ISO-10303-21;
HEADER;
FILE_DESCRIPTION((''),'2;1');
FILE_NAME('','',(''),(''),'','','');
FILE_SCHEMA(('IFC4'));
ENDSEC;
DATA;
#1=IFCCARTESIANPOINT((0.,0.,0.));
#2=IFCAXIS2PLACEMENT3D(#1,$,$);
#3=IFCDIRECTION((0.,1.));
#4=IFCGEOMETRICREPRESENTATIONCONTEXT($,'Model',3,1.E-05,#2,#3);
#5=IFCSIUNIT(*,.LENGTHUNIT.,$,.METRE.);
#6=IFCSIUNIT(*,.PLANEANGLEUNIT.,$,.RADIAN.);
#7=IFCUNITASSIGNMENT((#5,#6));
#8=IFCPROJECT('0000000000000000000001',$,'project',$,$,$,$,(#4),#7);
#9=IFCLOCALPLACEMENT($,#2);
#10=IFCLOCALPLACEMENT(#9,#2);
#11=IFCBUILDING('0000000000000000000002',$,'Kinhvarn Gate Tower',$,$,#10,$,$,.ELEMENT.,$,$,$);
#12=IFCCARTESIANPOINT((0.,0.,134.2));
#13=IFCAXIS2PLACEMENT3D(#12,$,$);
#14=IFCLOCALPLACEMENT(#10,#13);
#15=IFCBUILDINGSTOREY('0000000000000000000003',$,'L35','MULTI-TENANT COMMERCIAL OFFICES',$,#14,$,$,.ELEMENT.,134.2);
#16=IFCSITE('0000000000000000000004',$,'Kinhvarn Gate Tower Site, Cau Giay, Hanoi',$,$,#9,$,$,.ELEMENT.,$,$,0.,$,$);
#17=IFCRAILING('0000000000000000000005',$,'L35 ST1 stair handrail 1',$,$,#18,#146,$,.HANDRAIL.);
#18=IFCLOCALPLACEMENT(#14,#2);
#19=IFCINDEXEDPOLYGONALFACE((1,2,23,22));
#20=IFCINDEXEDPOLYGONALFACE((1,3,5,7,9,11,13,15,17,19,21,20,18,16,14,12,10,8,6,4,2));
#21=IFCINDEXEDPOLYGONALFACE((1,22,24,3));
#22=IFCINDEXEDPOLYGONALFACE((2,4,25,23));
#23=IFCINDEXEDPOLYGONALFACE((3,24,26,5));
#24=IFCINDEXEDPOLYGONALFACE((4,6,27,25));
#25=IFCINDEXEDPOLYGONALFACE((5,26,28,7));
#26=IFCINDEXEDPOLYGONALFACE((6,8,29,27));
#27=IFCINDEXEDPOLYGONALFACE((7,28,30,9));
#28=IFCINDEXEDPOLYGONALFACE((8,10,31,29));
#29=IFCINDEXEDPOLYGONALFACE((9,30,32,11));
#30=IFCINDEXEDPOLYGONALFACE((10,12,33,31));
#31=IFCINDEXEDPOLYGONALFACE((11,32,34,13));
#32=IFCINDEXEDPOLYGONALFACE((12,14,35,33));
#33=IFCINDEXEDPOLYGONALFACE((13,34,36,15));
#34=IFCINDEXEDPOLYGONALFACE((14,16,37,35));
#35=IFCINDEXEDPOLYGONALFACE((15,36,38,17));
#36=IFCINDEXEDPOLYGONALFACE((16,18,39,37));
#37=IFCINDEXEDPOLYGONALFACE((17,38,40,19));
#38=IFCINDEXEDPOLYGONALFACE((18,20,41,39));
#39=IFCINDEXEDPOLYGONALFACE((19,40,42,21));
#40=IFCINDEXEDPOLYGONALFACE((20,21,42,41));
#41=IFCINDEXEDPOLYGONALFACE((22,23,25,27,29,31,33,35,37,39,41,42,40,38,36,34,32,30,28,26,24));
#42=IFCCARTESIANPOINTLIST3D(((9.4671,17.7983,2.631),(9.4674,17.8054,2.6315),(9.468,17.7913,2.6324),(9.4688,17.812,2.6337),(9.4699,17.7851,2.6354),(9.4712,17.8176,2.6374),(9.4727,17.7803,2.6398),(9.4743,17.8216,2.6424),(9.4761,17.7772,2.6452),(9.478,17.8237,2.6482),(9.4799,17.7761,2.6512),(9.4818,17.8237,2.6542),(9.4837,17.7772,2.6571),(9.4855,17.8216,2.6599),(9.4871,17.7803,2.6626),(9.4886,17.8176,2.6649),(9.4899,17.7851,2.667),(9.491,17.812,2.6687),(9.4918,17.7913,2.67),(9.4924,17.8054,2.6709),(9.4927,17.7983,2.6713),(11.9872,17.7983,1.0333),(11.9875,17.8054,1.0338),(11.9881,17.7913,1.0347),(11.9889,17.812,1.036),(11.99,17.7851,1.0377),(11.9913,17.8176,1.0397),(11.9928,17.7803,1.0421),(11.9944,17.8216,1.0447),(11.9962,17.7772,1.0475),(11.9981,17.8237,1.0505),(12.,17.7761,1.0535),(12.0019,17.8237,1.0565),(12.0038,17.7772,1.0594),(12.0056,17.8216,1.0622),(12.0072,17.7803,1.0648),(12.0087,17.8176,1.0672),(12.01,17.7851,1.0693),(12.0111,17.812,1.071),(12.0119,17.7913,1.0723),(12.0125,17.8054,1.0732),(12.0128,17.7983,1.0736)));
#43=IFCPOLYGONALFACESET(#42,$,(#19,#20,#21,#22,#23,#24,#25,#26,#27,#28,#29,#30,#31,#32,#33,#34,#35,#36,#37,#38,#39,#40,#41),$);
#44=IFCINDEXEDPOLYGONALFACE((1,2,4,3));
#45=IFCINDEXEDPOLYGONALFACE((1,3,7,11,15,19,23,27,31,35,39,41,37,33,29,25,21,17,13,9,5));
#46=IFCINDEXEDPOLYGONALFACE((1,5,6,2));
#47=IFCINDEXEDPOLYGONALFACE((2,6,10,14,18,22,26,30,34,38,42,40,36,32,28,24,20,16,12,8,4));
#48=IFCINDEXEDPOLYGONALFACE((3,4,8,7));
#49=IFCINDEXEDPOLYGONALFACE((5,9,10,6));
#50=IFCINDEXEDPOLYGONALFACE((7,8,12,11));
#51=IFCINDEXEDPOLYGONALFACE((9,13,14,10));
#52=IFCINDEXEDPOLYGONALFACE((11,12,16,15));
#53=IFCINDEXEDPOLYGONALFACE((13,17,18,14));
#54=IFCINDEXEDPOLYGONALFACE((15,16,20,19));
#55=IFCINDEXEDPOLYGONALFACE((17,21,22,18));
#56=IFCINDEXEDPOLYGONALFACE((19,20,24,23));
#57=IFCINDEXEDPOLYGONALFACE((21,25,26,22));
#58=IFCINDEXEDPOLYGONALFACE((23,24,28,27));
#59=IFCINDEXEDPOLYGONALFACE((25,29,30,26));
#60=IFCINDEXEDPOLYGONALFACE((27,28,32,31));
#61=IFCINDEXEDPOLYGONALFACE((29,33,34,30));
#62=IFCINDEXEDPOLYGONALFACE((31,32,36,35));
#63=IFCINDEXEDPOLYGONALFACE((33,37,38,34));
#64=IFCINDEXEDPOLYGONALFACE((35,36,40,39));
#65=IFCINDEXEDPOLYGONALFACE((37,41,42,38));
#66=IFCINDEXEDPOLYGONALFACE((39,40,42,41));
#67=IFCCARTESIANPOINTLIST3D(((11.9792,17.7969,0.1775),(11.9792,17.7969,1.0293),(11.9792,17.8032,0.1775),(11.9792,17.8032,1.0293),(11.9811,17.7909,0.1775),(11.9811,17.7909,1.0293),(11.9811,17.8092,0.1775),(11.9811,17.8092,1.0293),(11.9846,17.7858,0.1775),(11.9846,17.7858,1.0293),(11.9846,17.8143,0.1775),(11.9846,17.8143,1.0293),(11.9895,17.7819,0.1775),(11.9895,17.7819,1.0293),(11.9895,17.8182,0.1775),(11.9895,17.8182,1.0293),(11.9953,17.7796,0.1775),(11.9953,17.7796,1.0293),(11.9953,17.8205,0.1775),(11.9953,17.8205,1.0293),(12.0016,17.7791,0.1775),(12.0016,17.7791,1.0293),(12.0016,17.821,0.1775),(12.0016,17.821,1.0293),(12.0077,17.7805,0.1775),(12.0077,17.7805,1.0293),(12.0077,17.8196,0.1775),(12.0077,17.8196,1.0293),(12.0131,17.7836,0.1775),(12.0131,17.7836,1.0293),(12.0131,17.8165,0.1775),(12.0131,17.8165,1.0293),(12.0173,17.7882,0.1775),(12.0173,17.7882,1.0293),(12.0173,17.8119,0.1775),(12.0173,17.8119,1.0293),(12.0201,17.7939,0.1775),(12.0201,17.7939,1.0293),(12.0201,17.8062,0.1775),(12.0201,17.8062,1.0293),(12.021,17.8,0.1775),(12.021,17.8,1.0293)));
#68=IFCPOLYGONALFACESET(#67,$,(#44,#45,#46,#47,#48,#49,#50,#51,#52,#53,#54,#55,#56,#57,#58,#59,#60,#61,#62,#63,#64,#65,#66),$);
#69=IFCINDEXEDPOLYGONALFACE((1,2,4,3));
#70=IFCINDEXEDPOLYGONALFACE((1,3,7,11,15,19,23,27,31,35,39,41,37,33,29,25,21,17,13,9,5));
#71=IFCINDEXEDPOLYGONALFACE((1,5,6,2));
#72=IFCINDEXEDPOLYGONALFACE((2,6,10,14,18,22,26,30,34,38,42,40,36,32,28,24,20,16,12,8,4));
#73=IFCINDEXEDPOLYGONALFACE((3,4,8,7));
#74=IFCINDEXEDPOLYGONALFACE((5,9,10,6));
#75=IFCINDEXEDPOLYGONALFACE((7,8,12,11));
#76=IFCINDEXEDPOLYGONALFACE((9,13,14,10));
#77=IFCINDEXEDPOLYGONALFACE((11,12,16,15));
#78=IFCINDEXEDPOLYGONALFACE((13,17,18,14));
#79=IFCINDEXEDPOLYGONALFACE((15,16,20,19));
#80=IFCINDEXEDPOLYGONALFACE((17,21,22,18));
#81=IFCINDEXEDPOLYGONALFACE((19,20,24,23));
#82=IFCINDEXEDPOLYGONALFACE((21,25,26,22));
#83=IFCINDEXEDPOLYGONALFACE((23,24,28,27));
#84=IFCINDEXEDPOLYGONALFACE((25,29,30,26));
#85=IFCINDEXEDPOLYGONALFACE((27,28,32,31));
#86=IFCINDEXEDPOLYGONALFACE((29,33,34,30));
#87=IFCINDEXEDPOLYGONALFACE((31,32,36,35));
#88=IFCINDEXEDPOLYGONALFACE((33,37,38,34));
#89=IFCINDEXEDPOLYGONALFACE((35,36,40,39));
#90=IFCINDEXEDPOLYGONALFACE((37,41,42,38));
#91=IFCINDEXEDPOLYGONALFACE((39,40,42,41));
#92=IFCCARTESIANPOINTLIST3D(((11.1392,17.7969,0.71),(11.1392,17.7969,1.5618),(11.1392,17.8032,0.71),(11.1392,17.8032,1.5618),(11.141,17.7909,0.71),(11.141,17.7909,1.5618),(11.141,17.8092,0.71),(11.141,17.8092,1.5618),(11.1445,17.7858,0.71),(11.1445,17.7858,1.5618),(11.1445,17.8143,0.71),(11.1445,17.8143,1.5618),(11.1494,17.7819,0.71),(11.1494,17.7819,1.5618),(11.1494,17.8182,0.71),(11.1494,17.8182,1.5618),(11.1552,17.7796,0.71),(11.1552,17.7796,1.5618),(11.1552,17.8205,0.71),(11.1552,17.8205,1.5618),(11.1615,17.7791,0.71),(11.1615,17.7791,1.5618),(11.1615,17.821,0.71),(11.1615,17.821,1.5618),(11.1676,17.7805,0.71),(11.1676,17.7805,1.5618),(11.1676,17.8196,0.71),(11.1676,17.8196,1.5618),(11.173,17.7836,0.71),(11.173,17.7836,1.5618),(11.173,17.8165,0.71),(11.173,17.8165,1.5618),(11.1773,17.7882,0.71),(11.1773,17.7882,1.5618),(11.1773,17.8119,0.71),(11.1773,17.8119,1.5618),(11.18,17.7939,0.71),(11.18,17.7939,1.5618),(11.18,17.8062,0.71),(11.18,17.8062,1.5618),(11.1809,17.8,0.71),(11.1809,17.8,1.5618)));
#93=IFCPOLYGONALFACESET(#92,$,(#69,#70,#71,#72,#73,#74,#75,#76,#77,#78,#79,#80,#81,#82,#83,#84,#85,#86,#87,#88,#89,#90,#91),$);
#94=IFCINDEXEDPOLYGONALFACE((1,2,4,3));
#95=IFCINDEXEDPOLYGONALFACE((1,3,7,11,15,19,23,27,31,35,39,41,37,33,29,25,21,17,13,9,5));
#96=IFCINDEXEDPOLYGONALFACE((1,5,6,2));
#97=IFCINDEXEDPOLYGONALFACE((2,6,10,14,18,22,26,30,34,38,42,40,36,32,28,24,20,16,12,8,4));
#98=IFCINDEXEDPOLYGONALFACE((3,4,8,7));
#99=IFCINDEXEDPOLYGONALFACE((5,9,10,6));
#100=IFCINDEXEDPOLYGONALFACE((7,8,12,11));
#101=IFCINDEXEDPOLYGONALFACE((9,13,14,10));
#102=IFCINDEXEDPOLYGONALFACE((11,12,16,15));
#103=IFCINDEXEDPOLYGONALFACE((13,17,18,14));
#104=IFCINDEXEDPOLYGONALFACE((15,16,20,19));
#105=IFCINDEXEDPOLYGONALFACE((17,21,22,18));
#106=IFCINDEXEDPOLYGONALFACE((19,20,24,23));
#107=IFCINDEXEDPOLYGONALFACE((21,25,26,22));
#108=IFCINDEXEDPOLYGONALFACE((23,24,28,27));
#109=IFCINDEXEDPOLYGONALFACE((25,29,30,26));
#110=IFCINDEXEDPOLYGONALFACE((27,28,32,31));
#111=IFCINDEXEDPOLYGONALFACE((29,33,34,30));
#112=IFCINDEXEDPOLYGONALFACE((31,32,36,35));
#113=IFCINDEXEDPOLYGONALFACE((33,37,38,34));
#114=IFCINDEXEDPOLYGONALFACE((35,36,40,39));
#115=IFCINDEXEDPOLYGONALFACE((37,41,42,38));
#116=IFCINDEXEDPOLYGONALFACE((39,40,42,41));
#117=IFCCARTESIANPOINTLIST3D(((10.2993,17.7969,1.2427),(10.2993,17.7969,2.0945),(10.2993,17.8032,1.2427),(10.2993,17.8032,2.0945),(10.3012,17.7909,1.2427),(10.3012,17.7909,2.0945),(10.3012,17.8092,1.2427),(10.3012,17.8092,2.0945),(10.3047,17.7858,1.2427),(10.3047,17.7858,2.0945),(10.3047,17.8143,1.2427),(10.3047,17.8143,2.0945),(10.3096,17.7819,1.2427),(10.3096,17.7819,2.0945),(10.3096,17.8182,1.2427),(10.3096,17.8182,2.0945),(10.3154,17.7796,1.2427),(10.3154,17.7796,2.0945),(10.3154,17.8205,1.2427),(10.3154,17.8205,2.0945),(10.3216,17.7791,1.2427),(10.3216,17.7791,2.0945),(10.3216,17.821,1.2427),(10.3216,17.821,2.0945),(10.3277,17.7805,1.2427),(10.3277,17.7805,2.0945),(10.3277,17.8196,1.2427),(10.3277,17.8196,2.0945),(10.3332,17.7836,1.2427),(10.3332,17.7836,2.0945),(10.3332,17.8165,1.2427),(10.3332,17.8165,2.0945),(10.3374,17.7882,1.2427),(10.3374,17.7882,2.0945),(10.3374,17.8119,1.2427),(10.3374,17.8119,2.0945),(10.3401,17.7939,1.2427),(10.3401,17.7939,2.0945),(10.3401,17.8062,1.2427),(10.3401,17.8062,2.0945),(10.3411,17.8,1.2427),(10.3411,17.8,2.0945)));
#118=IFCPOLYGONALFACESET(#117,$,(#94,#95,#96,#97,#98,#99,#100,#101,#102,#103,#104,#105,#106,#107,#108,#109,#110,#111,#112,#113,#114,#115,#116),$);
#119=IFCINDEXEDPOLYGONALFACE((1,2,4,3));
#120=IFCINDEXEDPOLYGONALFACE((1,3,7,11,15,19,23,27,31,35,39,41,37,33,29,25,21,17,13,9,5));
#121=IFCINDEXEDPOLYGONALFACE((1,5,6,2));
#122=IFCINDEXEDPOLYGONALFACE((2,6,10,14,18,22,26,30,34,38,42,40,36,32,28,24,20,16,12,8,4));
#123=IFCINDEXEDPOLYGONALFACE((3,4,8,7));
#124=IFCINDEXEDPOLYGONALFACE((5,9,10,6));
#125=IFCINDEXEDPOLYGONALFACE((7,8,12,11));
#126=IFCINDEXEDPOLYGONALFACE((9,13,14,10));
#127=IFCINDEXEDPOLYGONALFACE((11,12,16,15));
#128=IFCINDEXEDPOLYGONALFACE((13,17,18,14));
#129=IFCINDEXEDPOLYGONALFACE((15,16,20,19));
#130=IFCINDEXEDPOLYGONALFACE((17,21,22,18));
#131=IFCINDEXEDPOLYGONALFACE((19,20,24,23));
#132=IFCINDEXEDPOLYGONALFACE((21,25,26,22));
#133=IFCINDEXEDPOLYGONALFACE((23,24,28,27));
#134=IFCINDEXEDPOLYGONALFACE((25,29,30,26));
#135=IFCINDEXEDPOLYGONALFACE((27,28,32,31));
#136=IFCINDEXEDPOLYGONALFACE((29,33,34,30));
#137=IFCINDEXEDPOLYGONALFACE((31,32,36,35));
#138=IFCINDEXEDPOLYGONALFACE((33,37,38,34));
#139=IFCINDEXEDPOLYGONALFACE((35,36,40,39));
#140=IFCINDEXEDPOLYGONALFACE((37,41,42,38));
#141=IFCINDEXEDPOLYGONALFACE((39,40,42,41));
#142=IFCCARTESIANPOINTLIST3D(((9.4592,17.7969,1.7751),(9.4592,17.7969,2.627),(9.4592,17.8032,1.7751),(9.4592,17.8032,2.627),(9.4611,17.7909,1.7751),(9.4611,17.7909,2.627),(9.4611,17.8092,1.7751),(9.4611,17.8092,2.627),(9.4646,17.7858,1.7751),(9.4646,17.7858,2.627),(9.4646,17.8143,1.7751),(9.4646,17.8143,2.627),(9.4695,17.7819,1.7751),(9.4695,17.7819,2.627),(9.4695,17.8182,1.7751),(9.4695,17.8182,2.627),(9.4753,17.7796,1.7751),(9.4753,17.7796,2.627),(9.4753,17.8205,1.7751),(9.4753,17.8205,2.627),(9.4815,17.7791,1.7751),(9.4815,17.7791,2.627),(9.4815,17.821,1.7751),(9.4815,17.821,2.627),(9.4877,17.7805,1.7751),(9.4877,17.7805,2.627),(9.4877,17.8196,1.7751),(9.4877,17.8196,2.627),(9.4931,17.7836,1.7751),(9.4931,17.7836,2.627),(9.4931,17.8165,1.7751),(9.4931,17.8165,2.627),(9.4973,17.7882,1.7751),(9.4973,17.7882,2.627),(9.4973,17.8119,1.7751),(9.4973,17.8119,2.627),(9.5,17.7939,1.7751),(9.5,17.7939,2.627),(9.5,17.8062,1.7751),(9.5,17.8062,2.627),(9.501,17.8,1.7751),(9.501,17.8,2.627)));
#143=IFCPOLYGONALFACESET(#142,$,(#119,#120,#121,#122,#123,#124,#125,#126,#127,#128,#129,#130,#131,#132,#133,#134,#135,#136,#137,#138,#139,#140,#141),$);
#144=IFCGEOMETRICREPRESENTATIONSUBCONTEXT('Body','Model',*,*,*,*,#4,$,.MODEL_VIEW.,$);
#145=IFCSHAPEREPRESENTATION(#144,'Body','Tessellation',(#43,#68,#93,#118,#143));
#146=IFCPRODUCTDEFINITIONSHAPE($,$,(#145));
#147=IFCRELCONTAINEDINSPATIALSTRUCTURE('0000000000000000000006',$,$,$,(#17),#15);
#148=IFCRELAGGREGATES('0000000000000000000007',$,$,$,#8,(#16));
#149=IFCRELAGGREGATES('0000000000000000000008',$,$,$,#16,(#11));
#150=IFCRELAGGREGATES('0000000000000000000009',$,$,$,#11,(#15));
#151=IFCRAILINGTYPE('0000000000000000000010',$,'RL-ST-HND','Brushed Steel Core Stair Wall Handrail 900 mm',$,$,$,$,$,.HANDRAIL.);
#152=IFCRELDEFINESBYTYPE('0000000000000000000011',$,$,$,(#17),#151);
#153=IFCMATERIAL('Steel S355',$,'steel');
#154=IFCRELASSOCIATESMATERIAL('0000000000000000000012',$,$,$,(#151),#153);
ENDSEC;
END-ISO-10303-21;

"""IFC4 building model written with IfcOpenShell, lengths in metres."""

from ifc_helpers import new_model, si_unit, direction, frame, origin, origin_2d, place, context, subcontext, project, spatial, circle, extrude, material, type_object, element, save


model = new_model("IFC4")

# Units and contexts
model_context = context("Model", 3, precision=1e-05, world=origin(), true_north=direction((0.0, 1.0)))
body_context = subcontext(model_context, "Body", "Model", "MODEL_VIEW")
ifc_project = project(units=[si_unit("LENGTHUNIT", "METRE"), si_unit("PLANEANGLEUNIT", "RADIAN")], contexts=[model_context])

# Site, building, storey
site_placement = place(None, origin())
site = spatial("IfcSite", under=ifc_project, at=site_placement, Name="Kinhvarn Gate Tower Site, Cau Giay, Hanoi", CompositionType="ELEMENT", RefElevation=0.0)
building_placement = place(site_placement, origin())
building = spatial("IfcBuilding", under=site, at=building_placement, Name="Kinhvarn Gate Tower", CompositionType="ELEMENT")
storey_placement = place(building_placement, frame((0.0, 0.0, 134.2)))
storey = spatial("IfcBuildingStorey", under=building, at=storey_placement, Name="L35", Description="MULTI-TENANT COMMERCIAL OFFICES", CompositionType="ELEMENT", Elevation=134.2)

# Shared definitions
ifc_material_1 = material(Name="Steel S355", Category="steel")

# Railing
railing_type_1 = type_object("IfcRailingType", Name="RL-ST-HND", Description="Brushed Steel Core Stair Wall Handrail 900 mm", PredefinedType="HANDRAIL", material=ifc_material_1)
railing_1_placement = place(storey_placement, frame((12.0, 17.8, 0.1775)))
element("IfcRailing", 1, at=railing_1_placement, inside=storey, type_object=railing_type_1, Name="L35 ST1 stair handrail 1", PredefinedType="HANDRAIL", context=body_context, shape_type="SweptSolid", body=[
    extrude(circle(Radius=0.0239, at=origin_2d()), frame((0.0, 0.0, 0.876), z_axis=(-0.84457, 0.0, 0.535445), x_axis=(0.0, -1.0, 0.0)), (0.0, 0.0, 1.0), 2.9839),
    extrude(circle(Radius=0.021, at=origin_2d()), origin(), (0.0, 0.0, 1.0), 0.8518),
    extrude(circle(Radius=0.021, at=origin_2d()), frame((-0.8401, 0.0, 0.5325)), (0.0, 0.0, 1.0), 0.8518),
    extrude(circle(Radius=0.021, at=origin_2d()), frame((-1.6799, 0.0, 1.0652)), (0.0, 0.0, 1.0), 0.8518),
    extrude(circle(Radius=0.021, at=origin_2d()), frame((-2.52, 0.0, 1.5977)), (0.0, 0.0, 1.0), 0.8518),
])

save(model, "model.ifc")
